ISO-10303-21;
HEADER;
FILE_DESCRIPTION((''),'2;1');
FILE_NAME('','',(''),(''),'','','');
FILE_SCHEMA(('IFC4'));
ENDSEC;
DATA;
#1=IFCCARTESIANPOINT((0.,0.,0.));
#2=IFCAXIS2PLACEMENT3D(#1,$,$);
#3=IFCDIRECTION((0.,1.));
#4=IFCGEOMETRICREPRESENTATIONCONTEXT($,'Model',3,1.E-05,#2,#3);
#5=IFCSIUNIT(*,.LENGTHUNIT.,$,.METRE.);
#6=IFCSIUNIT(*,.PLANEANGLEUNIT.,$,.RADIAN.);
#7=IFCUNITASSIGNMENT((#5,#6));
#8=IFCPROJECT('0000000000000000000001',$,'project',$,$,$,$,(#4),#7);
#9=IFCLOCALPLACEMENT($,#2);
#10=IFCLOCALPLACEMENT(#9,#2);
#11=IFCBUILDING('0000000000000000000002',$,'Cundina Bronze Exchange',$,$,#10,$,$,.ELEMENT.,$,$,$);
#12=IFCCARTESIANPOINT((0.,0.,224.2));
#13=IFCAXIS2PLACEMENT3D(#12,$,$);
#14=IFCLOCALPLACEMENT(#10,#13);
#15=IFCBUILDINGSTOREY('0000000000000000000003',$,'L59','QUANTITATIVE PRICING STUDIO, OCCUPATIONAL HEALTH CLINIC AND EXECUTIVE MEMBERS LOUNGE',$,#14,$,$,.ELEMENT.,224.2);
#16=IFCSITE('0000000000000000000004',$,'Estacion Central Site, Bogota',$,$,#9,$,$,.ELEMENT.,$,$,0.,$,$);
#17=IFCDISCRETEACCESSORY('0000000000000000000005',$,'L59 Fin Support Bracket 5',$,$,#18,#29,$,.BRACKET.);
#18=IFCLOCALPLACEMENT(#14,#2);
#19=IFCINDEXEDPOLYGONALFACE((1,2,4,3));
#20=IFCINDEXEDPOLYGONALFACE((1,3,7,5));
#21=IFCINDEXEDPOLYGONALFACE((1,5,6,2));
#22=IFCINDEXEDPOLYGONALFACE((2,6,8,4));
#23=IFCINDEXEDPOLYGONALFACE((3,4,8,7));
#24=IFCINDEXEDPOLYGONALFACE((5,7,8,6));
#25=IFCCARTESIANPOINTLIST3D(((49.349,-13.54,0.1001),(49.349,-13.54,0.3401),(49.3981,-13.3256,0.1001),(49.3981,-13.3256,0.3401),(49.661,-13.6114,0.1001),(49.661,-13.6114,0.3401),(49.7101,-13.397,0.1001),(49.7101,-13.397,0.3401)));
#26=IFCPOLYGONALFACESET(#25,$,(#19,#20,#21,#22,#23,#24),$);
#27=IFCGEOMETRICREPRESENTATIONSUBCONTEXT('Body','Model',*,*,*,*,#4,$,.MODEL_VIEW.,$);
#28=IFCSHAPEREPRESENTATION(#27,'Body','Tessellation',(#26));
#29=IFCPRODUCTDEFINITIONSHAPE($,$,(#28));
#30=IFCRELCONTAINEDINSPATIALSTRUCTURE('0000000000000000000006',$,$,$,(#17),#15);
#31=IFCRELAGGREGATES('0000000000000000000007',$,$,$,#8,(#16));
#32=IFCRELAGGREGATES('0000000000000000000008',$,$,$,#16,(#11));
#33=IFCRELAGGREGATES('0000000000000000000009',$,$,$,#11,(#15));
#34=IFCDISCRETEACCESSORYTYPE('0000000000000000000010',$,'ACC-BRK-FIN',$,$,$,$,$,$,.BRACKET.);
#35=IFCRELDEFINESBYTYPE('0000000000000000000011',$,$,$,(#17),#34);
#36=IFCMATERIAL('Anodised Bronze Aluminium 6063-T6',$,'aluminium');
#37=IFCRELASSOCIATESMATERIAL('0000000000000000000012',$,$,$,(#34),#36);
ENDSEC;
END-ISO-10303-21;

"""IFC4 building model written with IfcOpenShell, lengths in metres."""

from ifc_helpers import new_model, si_unit, direction, frame, origin, origin_2d, place, context, subcontext, project, spatial, rectangle, extrude, material, type_object, element, save


model = new_model("IFC4")

# Units and contexts
model_context = context("Model", 3, precision=1e-05, world=origin(), true_north=direction((0.0, 1.0)))
body_context = subcontext(model_context, "Body", "Model", "MODEL_VIEW")
ifc_project = project(units=[si_unit("LENGTHUNIT", "METRE"), si_unit("PLANEANGLEUNIT", "RADIAN")], contexts=[model_context])

# Site, building, storey
site_placement = place(None, origin())
site = spatial("IfcSite", under=ifc_project, at=site_placement, Name="Estacion Central Site, Bogota", CompositionType="ELEMENT", RefElevation=0.0)
building_placement = place(site_placement, origin())
building = spatial("IfcBuilding", under=site, at=building_placement, Name="Cundina Bronze Exchange", CompositionType="ELEMENT")
storey_placement = place(building_placement, frame((0.0, 0.0, 224.2)))
storey = spatial("IfcBuildingStorey", under=building, at=storey_placement, Name="L59", Description="QUANTITATIVE PRICING STUDIO, OCCUPATIONAL HEALTH CLINIC AND EXECUTIVE MEMBERS LOUNGE", CompositionType="ELEMENT", Elevation=224.2)

# Shared definitions
ifc_material_1 = material(Name="Anodised Bronze Aluminium 6063-T6", Category="aluminium")

# Discrete accessory
discrete_accessory_type = type_object("IfcDiscreteAccessoryType", Name="ACC-BRK-FIN", PredefinedType="BRACKET", material=ifc_material_1)
discrete_accessory_placement = place(storey_placement, frame((49.5295, -13.4685, 0.1001), z_axis=(0.0, 0.0, 1.0), x_axis=(0.223284, 0.974753, 0.0)))
element("IfcDiscreteAccessory", 1, at=discrete_accessory_placement, inside=storey, type_object=discrete_accessory_type, Name="L59 Fin Support Bracket 5", PredefinedType="BRACKET", context=body_context, shape_type="SweptSolid", body=[
    extrude(rectangle(XDim=0.22, YDim=0.3201, at=origin_2d()), origin(), (0.0, 0.0, 1.0), 0.24),
])

save(model, "model.ifc")
